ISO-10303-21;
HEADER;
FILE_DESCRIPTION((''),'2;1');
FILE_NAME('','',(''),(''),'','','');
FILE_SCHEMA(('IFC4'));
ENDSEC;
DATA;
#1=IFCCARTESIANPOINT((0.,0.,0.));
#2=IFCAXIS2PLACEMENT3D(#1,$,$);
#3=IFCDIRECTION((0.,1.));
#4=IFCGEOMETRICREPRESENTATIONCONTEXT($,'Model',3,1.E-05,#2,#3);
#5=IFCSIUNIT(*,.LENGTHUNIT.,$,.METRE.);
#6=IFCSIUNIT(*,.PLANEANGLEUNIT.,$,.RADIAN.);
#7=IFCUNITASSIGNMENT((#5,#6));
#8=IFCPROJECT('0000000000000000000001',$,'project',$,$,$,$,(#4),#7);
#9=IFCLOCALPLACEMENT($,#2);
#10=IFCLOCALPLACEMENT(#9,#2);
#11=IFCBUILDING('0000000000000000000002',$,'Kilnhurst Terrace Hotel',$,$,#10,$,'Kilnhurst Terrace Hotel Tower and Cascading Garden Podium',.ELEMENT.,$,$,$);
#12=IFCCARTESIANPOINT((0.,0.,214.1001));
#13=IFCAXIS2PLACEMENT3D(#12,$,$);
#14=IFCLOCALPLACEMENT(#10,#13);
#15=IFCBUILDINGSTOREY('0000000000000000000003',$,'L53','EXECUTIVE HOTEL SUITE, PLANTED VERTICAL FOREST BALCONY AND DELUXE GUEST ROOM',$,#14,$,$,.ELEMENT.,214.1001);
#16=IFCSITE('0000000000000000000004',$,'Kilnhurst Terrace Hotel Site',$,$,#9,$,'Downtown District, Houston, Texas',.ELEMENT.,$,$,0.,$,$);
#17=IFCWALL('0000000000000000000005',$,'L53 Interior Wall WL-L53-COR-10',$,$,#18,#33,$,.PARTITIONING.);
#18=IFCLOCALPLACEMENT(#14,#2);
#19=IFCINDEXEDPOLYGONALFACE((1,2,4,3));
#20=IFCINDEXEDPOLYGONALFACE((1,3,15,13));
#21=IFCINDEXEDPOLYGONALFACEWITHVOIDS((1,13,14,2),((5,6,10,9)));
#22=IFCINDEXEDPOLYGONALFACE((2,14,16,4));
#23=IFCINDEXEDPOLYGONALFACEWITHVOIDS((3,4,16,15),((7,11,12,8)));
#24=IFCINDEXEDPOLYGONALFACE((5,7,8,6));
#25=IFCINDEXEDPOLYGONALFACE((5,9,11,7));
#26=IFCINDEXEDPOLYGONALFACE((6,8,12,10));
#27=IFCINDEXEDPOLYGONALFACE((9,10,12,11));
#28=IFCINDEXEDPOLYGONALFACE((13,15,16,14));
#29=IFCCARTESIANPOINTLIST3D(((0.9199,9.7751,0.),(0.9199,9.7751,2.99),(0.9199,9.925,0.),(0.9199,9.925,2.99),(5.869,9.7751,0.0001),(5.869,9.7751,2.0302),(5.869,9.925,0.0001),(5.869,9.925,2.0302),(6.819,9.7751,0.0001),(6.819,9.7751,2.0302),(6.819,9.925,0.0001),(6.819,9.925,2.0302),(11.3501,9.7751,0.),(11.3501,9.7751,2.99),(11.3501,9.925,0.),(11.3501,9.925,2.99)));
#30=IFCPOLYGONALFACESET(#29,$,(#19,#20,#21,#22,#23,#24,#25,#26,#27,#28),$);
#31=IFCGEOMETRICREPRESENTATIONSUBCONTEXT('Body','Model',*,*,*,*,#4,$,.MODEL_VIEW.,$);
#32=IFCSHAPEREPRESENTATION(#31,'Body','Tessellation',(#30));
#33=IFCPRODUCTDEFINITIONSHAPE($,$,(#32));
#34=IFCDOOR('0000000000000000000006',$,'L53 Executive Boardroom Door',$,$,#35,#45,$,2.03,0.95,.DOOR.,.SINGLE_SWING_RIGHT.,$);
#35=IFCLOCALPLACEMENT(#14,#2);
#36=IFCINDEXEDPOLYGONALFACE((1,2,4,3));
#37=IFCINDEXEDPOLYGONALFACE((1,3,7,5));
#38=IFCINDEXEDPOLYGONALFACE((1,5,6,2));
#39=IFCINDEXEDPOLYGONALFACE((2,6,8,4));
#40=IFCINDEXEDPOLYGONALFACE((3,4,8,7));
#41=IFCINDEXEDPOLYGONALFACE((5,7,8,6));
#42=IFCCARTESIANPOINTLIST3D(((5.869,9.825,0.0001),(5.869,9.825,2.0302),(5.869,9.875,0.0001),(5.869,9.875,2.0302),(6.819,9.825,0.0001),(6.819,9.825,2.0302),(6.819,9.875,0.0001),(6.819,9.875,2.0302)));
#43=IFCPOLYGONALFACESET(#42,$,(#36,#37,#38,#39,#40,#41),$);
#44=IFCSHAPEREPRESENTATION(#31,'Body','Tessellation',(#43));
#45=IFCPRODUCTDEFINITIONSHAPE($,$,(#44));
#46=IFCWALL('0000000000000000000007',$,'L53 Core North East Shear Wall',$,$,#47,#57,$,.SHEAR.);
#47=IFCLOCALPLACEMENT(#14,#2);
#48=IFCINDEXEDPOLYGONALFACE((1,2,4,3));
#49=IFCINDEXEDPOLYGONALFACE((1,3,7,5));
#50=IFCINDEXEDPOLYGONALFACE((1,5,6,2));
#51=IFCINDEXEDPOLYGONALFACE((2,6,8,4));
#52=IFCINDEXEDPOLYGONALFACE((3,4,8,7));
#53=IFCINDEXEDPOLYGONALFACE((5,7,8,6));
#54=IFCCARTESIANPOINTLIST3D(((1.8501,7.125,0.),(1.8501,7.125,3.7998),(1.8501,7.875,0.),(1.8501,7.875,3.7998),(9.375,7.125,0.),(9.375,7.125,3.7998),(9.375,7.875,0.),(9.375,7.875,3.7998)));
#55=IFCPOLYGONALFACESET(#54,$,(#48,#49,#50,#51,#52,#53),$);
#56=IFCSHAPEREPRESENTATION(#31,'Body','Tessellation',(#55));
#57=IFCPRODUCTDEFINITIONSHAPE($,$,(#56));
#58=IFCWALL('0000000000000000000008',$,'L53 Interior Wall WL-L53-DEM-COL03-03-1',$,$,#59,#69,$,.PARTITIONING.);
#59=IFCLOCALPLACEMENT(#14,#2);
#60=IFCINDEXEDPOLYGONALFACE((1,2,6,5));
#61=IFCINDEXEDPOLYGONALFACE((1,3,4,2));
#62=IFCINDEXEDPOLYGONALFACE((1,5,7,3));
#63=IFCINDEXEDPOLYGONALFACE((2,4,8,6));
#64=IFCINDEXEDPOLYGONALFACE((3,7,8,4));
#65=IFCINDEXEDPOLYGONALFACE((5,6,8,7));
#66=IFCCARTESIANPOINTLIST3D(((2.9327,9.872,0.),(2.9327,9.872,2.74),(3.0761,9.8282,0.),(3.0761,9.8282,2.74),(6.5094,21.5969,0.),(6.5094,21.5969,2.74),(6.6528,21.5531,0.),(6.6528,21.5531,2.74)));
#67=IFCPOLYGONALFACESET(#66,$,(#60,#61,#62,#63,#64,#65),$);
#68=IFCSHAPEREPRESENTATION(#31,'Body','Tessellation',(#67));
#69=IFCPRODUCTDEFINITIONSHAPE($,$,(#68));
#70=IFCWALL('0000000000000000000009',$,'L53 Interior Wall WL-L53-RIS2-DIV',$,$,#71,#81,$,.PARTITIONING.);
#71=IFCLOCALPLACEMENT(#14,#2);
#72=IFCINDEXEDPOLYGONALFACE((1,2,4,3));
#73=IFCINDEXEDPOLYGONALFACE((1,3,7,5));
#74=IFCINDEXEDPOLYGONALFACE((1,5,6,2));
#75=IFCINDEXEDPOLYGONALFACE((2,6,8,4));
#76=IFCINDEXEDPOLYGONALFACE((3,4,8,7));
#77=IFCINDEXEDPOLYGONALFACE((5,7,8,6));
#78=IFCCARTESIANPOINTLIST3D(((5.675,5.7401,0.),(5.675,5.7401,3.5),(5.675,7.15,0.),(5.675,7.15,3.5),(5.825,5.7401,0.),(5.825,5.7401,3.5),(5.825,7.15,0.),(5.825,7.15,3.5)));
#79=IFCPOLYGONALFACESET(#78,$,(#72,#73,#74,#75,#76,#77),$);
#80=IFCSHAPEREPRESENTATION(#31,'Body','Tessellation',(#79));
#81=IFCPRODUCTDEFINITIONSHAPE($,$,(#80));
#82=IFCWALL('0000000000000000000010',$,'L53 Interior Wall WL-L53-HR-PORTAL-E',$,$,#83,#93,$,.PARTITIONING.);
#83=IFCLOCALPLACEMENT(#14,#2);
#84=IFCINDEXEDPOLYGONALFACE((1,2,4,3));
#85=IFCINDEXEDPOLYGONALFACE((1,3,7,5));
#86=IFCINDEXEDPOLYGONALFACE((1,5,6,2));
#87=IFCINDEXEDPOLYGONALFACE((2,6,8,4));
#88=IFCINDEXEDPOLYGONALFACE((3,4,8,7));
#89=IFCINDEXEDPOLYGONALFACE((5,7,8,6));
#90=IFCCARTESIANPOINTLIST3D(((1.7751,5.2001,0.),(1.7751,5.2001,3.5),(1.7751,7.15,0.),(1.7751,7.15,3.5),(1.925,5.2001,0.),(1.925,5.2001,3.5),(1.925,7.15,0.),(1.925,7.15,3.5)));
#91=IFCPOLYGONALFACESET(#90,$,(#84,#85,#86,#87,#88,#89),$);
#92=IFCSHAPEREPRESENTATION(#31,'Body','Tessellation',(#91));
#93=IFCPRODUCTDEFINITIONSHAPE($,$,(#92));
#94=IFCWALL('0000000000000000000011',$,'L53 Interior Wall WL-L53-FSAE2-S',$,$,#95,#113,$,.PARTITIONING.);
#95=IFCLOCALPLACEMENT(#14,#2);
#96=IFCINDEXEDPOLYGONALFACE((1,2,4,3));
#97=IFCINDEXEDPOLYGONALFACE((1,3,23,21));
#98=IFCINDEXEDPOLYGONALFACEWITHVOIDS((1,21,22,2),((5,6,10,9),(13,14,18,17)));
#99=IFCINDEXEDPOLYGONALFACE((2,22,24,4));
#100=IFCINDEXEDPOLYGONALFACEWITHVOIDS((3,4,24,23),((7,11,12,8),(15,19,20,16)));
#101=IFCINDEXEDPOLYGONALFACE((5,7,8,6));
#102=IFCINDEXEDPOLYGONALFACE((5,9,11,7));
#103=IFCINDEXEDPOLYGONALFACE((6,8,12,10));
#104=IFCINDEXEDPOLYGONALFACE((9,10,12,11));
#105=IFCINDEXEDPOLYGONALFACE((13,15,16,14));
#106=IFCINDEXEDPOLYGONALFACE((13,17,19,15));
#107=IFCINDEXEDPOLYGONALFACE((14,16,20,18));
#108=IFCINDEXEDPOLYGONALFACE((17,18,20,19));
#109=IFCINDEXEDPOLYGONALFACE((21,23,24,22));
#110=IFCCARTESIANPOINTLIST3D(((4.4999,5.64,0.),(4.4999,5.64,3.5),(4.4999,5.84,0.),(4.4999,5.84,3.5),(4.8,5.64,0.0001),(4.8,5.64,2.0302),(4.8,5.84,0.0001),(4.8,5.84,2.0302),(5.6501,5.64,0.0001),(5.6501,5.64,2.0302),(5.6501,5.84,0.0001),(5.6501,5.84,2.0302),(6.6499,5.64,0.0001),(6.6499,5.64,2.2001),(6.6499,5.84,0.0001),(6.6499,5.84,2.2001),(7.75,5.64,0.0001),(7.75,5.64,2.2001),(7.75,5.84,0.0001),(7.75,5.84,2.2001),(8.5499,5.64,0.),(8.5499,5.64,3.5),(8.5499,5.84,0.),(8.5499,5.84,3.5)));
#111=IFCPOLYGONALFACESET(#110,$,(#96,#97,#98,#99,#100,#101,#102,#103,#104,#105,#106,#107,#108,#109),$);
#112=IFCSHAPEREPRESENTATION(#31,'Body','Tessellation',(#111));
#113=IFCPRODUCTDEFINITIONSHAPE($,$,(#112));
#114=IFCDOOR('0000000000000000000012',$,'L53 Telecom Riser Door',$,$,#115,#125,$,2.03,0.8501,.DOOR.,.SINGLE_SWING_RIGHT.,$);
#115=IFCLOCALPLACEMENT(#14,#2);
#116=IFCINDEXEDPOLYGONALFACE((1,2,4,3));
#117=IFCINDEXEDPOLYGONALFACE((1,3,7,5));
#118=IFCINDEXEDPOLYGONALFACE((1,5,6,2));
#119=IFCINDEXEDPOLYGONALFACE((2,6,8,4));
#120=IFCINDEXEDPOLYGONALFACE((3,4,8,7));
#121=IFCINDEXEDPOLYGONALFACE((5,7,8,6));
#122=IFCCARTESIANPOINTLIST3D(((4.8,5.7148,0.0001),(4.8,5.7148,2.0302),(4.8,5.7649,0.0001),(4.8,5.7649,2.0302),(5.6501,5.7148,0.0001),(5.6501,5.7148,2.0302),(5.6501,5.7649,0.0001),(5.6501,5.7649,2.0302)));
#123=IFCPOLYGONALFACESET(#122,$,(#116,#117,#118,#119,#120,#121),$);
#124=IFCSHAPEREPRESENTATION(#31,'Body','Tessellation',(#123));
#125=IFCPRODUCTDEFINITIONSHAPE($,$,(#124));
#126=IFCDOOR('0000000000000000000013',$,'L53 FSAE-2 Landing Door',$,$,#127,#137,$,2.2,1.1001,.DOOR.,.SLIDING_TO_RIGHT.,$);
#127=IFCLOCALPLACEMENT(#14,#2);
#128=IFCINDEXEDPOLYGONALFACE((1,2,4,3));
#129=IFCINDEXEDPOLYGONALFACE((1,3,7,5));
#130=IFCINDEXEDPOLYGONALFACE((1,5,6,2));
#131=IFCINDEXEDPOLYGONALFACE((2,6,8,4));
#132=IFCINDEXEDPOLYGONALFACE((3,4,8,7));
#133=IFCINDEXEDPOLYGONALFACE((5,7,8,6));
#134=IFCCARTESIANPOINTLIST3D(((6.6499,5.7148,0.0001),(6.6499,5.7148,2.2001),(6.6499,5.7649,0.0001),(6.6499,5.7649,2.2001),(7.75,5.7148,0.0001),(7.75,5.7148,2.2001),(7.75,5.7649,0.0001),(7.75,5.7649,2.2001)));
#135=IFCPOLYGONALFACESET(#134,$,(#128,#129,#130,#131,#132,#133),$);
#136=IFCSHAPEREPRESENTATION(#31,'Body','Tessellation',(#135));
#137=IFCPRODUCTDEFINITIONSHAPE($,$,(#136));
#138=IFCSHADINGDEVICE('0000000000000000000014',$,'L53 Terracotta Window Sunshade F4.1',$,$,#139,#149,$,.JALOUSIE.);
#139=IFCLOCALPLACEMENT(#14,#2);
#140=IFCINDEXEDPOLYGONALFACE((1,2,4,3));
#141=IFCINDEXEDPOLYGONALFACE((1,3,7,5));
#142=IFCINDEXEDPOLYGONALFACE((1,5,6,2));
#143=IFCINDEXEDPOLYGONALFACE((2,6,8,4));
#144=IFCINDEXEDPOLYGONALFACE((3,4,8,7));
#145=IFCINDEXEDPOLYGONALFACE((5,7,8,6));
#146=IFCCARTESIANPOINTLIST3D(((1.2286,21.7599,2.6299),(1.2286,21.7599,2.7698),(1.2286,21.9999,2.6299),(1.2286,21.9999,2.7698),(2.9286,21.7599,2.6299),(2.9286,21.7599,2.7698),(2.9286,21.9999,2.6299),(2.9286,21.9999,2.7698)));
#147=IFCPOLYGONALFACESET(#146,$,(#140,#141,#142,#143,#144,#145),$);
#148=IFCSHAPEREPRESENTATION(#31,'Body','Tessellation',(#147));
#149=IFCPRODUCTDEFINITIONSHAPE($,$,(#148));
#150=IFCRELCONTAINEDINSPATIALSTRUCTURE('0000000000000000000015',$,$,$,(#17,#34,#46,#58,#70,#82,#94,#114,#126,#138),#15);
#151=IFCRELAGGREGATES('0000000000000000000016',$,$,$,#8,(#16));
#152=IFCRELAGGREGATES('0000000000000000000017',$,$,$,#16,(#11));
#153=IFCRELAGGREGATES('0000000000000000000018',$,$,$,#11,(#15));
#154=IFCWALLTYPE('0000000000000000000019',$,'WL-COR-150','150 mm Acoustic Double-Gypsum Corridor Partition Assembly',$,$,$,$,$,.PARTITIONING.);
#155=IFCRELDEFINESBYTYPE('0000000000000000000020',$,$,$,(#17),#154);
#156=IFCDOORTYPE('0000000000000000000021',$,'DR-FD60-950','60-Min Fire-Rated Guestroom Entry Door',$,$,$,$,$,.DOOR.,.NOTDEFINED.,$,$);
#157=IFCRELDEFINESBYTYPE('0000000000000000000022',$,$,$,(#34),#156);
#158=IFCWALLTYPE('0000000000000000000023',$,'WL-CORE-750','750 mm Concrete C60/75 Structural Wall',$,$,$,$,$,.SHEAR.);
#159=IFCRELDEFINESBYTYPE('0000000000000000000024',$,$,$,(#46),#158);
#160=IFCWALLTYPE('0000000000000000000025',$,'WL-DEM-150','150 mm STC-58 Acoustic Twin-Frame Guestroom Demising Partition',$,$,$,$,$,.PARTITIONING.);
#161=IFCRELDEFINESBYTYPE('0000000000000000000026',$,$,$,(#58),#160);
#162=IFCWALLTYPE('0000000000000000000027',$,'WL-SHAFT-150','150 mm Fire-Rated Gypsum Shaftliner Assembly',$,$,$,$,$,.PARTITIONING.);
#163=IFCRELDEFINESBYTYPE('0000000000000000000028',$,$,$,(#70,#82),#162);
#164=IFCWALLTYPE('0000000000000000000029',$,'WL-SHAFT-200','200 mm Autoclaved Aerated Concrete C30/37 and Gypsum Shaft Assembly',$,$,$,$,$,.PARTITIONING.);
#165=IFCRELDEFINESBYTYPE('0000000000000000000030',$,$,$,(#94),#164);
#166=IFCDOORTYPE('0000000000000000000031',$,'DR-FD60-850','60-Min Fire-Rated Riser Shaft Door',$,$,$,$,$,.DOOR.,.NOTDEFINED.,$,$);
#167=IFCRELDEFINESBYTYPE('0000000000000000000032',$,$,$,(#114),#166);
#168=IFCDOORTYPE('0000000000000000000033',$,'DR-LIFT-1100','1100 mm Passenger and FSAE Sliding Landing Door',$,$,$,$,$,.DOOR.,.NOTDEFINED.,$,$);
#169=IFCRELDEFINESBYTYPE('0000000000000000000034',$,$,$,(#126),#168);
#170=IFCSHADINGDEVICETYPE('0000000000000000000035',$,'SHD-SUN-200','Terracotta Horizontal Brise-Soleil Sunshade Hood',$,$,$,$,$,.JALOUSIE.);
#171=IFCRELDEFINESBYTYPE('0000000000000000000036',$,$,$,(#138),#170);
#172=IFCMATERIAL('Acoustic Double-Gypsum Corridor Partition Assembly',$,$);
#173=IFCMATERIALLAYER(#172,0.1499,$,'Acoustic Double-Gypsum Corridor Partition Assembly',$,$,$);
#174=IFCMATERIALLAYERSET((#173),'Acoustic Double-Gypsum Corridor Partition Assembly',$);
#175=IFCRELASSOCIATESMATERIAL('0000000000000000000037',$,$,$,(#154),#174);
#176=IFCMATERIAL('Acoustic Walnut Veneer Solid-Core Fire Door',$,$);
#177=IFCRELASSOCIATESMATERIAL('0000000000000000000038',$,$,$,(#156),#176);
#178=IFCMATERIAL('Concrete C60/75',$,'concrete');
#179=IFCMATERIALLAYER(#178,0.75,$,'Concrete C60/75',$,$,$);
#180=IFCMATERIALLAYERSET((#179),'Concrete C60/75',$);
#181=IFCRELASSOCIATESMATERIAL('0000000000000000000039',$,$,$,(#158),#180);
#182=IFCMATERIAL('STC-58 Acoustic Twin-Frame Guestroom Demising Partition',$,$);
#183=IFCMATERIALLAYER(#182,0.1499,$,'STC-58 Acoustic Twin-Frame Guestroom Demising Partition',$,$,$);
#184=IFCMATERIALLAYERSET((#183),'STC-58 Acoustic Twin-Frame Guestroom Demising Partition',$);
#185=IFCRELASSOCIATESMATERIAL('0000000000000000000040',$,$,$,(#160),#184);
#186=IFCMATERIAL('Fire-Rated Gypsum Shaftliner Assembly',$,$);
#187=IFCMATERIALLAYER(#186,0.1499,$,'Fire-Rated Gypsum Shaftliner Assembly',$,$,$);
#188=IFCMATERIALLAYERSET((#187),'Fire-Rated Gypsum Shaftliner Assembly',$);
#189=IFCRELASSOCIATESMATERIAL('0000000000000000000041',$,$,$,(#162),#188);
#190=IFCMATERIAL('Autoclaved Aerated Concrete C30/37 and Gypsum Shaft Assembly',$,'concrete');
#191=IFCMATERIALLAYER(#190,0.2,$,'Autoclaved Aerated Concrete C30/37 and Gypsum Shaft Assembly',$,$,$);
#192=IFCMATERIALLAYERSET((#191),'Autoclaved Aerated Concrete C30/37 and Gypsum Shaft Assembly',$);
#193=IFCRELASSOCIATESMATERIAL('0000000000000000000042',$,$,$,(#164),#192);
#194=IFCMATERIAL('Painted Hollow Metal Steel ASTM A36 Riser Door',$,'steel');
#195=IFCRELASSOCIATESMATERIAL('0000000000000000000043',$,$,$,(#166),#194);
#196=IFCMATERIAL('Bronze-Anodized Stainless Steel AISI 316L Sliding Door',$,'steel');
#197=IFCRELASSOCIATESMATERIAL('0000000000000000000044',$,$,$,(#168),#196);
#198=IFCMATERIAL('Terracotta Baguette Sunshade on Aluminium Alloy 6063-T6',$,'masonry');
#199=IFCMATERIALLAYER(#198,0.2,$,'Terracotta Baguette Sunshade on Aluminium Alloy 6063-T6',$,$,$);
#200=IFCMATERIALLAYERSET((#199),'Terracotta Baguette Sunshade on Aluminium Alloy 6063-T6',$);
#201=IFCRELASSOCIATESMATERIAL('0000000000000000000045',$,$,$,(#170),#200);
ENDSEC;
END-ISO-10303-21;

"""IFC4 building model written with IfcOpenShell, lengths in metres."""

from ifc_helpers import new_model, si_unit, direction, frame, frame_2d, origin, origin_2d, place, context, subcontext, project, spatial, rectangle, extrude, material, layer, layer_set, type_object, element, fill, save


model = new_model("IFC4")

# Units and contexts
model_context = context("Model", 3, precision=1e-05, world=origin(), true_north=direction((0.0, 1.0)))
body_context = subcontext(model_context, "Body", "Model", "MODEL_VIEW")
ifc_project = project(units=[si_unit("LENGTHUNIT", "METRE"), si_unit("PLANEANGLEUNIT", "RADIAN")], contexts=[model_context])

# Site, building, storey
site_placement = place(None, origin())
site = spatial("IfcSite", under=ifc_project, at=site_placement, Name="Kilnhurst Terrace Hotel Site", LongName="Downtown District, Houston, Texas", CompositionType="ELEMENT", RefElevation=0.0)
building_placement = place(site_placement, origin())
building = spatial("IfcBuilding", under=site, at=building_placement, Name="Kilnhurst Terrace Hotel", LongName="Kilnhurst Terrace Hotel Tower and Cascading Garden Podium", CompositionType="ELEMENT")
storey_placement = place(building_placement, frame((0.0, 0.0, 214.1001)))
storey = spatial("IfcBuildingStorey", under=building, at=storey_placement, Name="L53", Description="EXECUTIVE HOTEL SUITE, PLANTED VERTICAL FOREST BALCONY AND DELUXE GUEST ROOM", CompositionType="ELEMENT", Elevation=214.1001)

# Shared definitions
ifc_material_1 = material(Name="Concrete C60/75", Category="concrete")

# Shared definitions
ifc_material_2 = material(Name="Acoustic Double-Gypsum Corridor Partition Assembly")
ifc_layer_1 = layer(ifc_material_2, 0.1499, Name="Acoustic Double-Gypsum Corridor Partition Assembly")
ifc_layer_set_1 = layer_set([ifc_layer_1], Name="Acoustic Double-Gypsum Corridor Partition Assembly")
wall_type_1 = type_object("IfcWallType", Name="WL-COR-150", Description="150 mm Acoustic Double-Gypsum Corridor Partition Assembly", PredefinedType="PARTITIONING", material=ifc_layer_set_1)

# Wall, opening, door
wall_1_placement = place(storey_placement, frame((0.9199, 9.8501, 0.0), z_axis=(0.0, 0.0, 1.0), x_axis=(1.0, 0.0, 0.0)))
wall_1 = element("IfcWall", 1, at=wall_1_placement, inside=storey, type_object=wall_type_1, Name="L53 Interior Wall WL-L53-COR-10", PredefinedType="PARTITIONING", context=body_context, shape_type="SweptSolid", body=[
    extrude(rectangle(XDim=10.4302, YDim=0.1499, at=frame_2d((5.2151, 0.0))), origin(), (0.0, 0.0, 1.0), 2.99),
])
opening_1_placement = place(wall_1_placement, frame((4.949, 0.0, 0.0)))
opening_1 = element("IfcOpeningElement", 2, at=opening_1_placement, cuts=wall_1, PredefinedType="OPENING", context=body_context, shape_type="SweptSolid", body=[
    extrude(rectangle(XDim=0.95, YDim=2.03, at=frame_2d((0.4751, 1.0151))), frame((0.0, 0.085, 0.0), z_axis=(0.0, -1.0, 0.0), x_axis=(1.0, 0.0, 0.0)), (0.0, 0.0, 1.0), 0.1699),
])
ifc_material_3 = material(Name="Acoustic Walnut Veneer Solid-Core Fire Door")
door_type_1 = type_object("IfcDoorType", Name="DR-FD60-950", Description="60-Min Fire-Rated Guestroom Entry Door", OperationType="NOTDEFINED", PredefinedType="DOOR", material=ifc_material_3)
door_1_placement = place(opening_1_placement, origin())
door_1 = element("IfcDoor", 3, at=door_1_placement, inside=storey, type_object=door_type_1, Name="L53 Executive Boardroom Door", OperationType="SINGLE_SWING_RIGHT", OverallHeight=2.03, OverallWidth=0.95, PredefinedType="DOOR", context=body_context, shape_type="SweptSolid", body=[
    extrude(rectangle(XDim=0.95, YDim=2.03, at=frame_2d((0.4751, 1.0151))), frame((0.0, 0.0249, 0.0), z_axis=(0.0, -1.0, 0.0), x_axis=(1.0, 0.0, 0.0)), (0.0, 0.0, 1.0), 0.05),
])
fill(opening_1, door_1)

# Walls
ifc_layer_2 = layer(ifc_material_1, 0.75, Name="Concrete C60/75")
ifc_layer_set_2 = layer_set([ifc_layer_2], Name="Concrete C60/75")
wall_type_2 = type_object("IfcWallType", Name="WL-CORE-750", Description="750 mm Concrete C60/75 Structural Wall", PredefinedType="SHEAR", material=ifc_layer_set_2)
wall_2_placement = place(storey_placement, frame((1.8501, 7.5, 0.0), z_axis=(0.0, 0.0, 1.0), x_axis=(1.0, 0.0, 0.0)))
element("IfcWall", 4, at=wall_2_placement, inside=storey, type_object=wall_type_2, Name="L53 Core North East Shear Wall", PredefinedType="SHEAR", context=body_context, shape_type="SweptSolid", body=[
    extrude(rectangle(XDim=7.5249, YDim=0.75, at=frame_2d((3.7625, 0.0))), origin(), (0.0, 0.0, 1.0), 3.7998),
])
ifc_material_4 = material(Name="STC-58 Acoustic Twin-Frame Guestroom Demising Partition")
ifc_layer_3 = layer(ifc_material_4, 0.1499, Name="STC-58 Acoustic Twin-Frame Guestroom Demising Partition")
ifc_layer_set_3 = layer_set([ifc_layer_3], Name="STC-58 Acoustic Twin-Frame Guestroom Demising Partition")
wall_type_3 = type_object("IfcWallType", Name="WL-DEM-150", Description="150 mm STC-58 Acoustic Twin-Frame Guestroom Demising Partition", PredefinedType="PARTITIONING", material=ifc_layer_set_3)
wall_3_placement = place(storey_placement, frame((3.0044, 9.8501, 0.0), z_axis=(0.0, 0.0, 1.0), x_axis=(0.291776, 0.956487, 0.0)))
element("IfcWall", 5, at=wall_3_placement, inside=storey, type_object=wall_type_3, Name="L53 Interior Wall WL-L53-DEM-COL03-03-1", PredefinedType="PARTITIONING", context=body_context, shape_type="SweptSolid", body=[
    extrude(rectangle(XDim=12.2583, YDim=0.1499, at=frame_2d((6.1292, 0.0))), origin(), (0.0, 0.0, 1.0), 2.74),
])
ifc_material_5 = material(Name="Fire-Rated Gypsum Shaftliner Assembly")
ifc_layer_4 = layer(ifc_material_5, 0.1499, Name="Fire-Rated Gypsum Shaftliner Assembly")
ifc_layer_set_4 = layer_set([ifc_layer_4], Name="Fire-Rated Gypsum Shaftliner Assembly")
wall_type_4 = type_object("IfcWallType", Name="WL-SHAFT-150", Description="150 mm Fire-Rated Gypsum Shaftliner Assembly", PredefinedType="PARTITIONING", material=ifc_layer_set_4)
wall_4_placement = place(storey_placement, frame((5.75, 5.74, 0.0), z_axis=(0.0, 0.0, 1.0), x_axis=(0.0, 1.0, 0.0)))
element("IfcWall", 6, at=wall_4_placement, inside=storey, type_object=wall_type_4, Name="L53 Interior Wall WL-L53-RIS2-DIV", PredefinedType="PARTITIONING", context=body_context, shape_type="SweptSolid", body=[
    extrude(rectangle(XDim=1.4099, YDim=0.1499, at=frame_2d((0.7051, 0.0))), origin(), (0.0, 0.0, 1.0), 3.5),
])
wall_5_placement = place(storey_placement, frame((1.8501, 5.2, 0.0), z_axis=(0.0, 0.0, 1.0), x_axis=(0.0, 1.0, 0.0)))
element("IfcWall", 7, at=wall_5_placement, inside=storey, type_object=wall_type_4, Name="L53 Interior Wall WL-L53-HR-PORTAL-E", PredefinedType="PARTITIONING", context=body_context, shape_type="SweptSolid", body=[
    extrude(rectangle(XDim=1.95, YDim=0.1499, at=frame_2d((0.9751, 0.0))), origin(), (0.0, 0.0, 1.0), 3.5),
])

# Wall, openings, doors
ifc_material_6 = material(Name="Autoclaved Aerated Concrete C30/37 and Gypsum Shaft Assembly", Category="concrete")
ifc_layer_5 = layer(ifc_material_6, 0.2, Name="Autoclaved Aerated Concrete C30/37 and Gypsum Shaft Assembly")
ifc_layer_set_5 = layer_set([ifc_layer_5], Name="Autoclaved Aerated Concrete C30/37 and Gypsum Shaft Assembly")
wall_type_5 = type_object("IfcWallType", Name="WL-SHAFT-200", Description="200 mm Autoclaved Aerated Concrete C30/37 and Gypsum Shaft Assembly", PredefinedType="PARTITIONING", material=ifc_layer_set_5)
wall_6_placement = place(storey_placement, frame((4.5, 5.74, 0.0), z_axis=(0.0, 0.0, 1.0), x_axis=(1.0, 0.0, 0.0)))
wall_6 = element("IfcWall", 8, at=wall_6_placement, inside=storey, type_object=wall_type_5, Name="L53 Interior Wall WL-L53-FSAE2-S", PredefinedType="PARTITIONING", context=body_context, shape_type="SweptSolid", body=[
    extrude(rectangle(XDim=4.05, YDim=0.2, at=frame_2d((2.0249, 0.0))), origin(), (0.0, 0.0, 1.0), 3.5),
])
opening_2_placement = place(wall_6_placement, frame((0.3, 0.0, 0.0)))
opening_2 = element("IfcOpeningElement", 9, at=opening_2_placement, cuts=wall_6, PredefinedType="OPENING", context=body_context, shape_type="SweptSolid", body=[
    extrude(rectangle(XDim=0.8501, YDim=2.03, at=frame_2d((0.425, 1.0151))), frame((0.0, 0.1099, 0.0), z_axis=(0.0, -1.0, 0.0), x_axis=(1.0, 0.0, 0.0)), (0.0, 0.0, 1.0), 0.22),
])
opening_3_placement = place(wall_6_placement, frame((2.1499, 0.0, 0.0)))
opening_3 = element("IfcOpeningElement", 10, at=opening_3_placement, cuts=wall_6, PredefinedType="OPENING", context=body_context, shape_type="SweptSolid", body=[
    extrude(rectangle(XDim=1.1001, YDim=2.2, at=frame_2d((0.55, 1.1001))), frame((0.0, 0.1099, 0.0), z_axis=(0.0, -1.0, 0.0), x_axis=(1.0, 0.0, 0.0)), (0.0, 0.0, 1.0), 0.22),
])
ifc_material_7 = material(Name="Painted Hollow Metal Steel ASTM A36 Riser Door", Category="steel")
door_type_2 = type_object("IfcDoorType", Name="DR-FD60-850", Description="60-Min Fire-Rated Riser Shaft Door", OperationType="NOTDEFINED", PredefinedType="DOOR", material=ifc_material_7)
door_2_placement = place(opening_2_placement, origin())
door_2 = element("IfcDoor", 11, at=door_2_placement, inside=storey, type_object=door_type_2, Name="L53 Telecom Riser Door", OperationType="SINGLE_SWING_RIGHT", OverallHeight=2.03, OverallWidth=0.8501, PredefinedType="DOOR", context=body_context, shape_type="SweptSolid", body=[
    extrude(rectangle(XDim=0.8501, YDim=2.03, at=frame_2d((0.425, 1.0151))), frame((0.0, 0.0249, 0.0), z_axis=(0.0, -1.0, 0.0), x_axis=(1.0, 0.0, 0.0)), (0.0, 0.0, 1.0), 0.05),
])
fill(opening_2, door_2)
ifc_material_8 = material(Name="Bronze-Anodized Stainless Steel AISI 316L Sliding Door", Category="steel")
door_type_3 = type_object("IfcDoorType", Name="DR-LIFT-1100", Description="1100 mm Passenger and FSAE Sliding Landing Door", OperationType="NOTDEFINED", PredefinedType="DOOR", material=ifc_material_8)
door_3_placement = place(opening_3_placement, origin())
door_3 = element("IfcDoor", 12, at=door_3_placement, inside=storey, type_object=door_type_3, Name="L53 FSAE-2 Landing Door", OperationType="SLIDING_TO_RIGHT", OverallHeight=2.2, OverallWidth=1.1001, PredefinedType="DOOR", context=body_context, shape_type="SweptSolid", body=[
    extrude(rectangle(XDim=1.1001, YDim=2.2, at=frame_2d((0.55, 1.1001))), frame((0.0, 0.0249, 0.0), z_axis=(0.0, -1.0, 0.0), x_axis=(1.0, 0.0, 0.0)), (0.0, 0.0, 1.0), 0.05),
])
fill(opening_3, door_3)

# Shading device
ifc_material_9 = material(Name="Terracotta Baguette Sunshade on Aluminium Alloy 6063-T6", Category="masonry")
ifc_layer_6 = layer(ifc_material_9, 0.2, Name="Terracotta Baguette Sunshade on Aluminium Alloy 6063-T6")
ifc_layer_set_6 = layer_set([ifc_layer_6], Name="Terracotta Baguette Sunshade on Aluminium Alloy 6063-T6")
shading_device_type = type_object("IfcShadingDeviceType", Name="SHD-SUN-200", Description="Terracotta Horizontal Brise-Soleil Sunshade Hood", PredefinedType="JALOUSIE", material=ifc_layer_set_6)
shading_device_placement = place(storey_placement, frame((2.0786, 21.8799, 2.6299), z_axis=(0.0, 0.0, 1.0), x_axis=(-1.0, 0.0, 0.0)))
element("IfcShadingDevice", 13, at=shading_device_placement, inside=storey, type_object=shading_device_type, Name="L53 Terracotta Window Sunshade F4.1", PredefinedType="JALOUSIE", context=body_context, shape_type="SweptSolid", body=[
    extrude(rectangle(XDim=1.7, YDim=0.24, at=origin_2d()), origin(), (0.0, 0.0, 1.0), 0.1399),
])

save(model, "model.ifc")
